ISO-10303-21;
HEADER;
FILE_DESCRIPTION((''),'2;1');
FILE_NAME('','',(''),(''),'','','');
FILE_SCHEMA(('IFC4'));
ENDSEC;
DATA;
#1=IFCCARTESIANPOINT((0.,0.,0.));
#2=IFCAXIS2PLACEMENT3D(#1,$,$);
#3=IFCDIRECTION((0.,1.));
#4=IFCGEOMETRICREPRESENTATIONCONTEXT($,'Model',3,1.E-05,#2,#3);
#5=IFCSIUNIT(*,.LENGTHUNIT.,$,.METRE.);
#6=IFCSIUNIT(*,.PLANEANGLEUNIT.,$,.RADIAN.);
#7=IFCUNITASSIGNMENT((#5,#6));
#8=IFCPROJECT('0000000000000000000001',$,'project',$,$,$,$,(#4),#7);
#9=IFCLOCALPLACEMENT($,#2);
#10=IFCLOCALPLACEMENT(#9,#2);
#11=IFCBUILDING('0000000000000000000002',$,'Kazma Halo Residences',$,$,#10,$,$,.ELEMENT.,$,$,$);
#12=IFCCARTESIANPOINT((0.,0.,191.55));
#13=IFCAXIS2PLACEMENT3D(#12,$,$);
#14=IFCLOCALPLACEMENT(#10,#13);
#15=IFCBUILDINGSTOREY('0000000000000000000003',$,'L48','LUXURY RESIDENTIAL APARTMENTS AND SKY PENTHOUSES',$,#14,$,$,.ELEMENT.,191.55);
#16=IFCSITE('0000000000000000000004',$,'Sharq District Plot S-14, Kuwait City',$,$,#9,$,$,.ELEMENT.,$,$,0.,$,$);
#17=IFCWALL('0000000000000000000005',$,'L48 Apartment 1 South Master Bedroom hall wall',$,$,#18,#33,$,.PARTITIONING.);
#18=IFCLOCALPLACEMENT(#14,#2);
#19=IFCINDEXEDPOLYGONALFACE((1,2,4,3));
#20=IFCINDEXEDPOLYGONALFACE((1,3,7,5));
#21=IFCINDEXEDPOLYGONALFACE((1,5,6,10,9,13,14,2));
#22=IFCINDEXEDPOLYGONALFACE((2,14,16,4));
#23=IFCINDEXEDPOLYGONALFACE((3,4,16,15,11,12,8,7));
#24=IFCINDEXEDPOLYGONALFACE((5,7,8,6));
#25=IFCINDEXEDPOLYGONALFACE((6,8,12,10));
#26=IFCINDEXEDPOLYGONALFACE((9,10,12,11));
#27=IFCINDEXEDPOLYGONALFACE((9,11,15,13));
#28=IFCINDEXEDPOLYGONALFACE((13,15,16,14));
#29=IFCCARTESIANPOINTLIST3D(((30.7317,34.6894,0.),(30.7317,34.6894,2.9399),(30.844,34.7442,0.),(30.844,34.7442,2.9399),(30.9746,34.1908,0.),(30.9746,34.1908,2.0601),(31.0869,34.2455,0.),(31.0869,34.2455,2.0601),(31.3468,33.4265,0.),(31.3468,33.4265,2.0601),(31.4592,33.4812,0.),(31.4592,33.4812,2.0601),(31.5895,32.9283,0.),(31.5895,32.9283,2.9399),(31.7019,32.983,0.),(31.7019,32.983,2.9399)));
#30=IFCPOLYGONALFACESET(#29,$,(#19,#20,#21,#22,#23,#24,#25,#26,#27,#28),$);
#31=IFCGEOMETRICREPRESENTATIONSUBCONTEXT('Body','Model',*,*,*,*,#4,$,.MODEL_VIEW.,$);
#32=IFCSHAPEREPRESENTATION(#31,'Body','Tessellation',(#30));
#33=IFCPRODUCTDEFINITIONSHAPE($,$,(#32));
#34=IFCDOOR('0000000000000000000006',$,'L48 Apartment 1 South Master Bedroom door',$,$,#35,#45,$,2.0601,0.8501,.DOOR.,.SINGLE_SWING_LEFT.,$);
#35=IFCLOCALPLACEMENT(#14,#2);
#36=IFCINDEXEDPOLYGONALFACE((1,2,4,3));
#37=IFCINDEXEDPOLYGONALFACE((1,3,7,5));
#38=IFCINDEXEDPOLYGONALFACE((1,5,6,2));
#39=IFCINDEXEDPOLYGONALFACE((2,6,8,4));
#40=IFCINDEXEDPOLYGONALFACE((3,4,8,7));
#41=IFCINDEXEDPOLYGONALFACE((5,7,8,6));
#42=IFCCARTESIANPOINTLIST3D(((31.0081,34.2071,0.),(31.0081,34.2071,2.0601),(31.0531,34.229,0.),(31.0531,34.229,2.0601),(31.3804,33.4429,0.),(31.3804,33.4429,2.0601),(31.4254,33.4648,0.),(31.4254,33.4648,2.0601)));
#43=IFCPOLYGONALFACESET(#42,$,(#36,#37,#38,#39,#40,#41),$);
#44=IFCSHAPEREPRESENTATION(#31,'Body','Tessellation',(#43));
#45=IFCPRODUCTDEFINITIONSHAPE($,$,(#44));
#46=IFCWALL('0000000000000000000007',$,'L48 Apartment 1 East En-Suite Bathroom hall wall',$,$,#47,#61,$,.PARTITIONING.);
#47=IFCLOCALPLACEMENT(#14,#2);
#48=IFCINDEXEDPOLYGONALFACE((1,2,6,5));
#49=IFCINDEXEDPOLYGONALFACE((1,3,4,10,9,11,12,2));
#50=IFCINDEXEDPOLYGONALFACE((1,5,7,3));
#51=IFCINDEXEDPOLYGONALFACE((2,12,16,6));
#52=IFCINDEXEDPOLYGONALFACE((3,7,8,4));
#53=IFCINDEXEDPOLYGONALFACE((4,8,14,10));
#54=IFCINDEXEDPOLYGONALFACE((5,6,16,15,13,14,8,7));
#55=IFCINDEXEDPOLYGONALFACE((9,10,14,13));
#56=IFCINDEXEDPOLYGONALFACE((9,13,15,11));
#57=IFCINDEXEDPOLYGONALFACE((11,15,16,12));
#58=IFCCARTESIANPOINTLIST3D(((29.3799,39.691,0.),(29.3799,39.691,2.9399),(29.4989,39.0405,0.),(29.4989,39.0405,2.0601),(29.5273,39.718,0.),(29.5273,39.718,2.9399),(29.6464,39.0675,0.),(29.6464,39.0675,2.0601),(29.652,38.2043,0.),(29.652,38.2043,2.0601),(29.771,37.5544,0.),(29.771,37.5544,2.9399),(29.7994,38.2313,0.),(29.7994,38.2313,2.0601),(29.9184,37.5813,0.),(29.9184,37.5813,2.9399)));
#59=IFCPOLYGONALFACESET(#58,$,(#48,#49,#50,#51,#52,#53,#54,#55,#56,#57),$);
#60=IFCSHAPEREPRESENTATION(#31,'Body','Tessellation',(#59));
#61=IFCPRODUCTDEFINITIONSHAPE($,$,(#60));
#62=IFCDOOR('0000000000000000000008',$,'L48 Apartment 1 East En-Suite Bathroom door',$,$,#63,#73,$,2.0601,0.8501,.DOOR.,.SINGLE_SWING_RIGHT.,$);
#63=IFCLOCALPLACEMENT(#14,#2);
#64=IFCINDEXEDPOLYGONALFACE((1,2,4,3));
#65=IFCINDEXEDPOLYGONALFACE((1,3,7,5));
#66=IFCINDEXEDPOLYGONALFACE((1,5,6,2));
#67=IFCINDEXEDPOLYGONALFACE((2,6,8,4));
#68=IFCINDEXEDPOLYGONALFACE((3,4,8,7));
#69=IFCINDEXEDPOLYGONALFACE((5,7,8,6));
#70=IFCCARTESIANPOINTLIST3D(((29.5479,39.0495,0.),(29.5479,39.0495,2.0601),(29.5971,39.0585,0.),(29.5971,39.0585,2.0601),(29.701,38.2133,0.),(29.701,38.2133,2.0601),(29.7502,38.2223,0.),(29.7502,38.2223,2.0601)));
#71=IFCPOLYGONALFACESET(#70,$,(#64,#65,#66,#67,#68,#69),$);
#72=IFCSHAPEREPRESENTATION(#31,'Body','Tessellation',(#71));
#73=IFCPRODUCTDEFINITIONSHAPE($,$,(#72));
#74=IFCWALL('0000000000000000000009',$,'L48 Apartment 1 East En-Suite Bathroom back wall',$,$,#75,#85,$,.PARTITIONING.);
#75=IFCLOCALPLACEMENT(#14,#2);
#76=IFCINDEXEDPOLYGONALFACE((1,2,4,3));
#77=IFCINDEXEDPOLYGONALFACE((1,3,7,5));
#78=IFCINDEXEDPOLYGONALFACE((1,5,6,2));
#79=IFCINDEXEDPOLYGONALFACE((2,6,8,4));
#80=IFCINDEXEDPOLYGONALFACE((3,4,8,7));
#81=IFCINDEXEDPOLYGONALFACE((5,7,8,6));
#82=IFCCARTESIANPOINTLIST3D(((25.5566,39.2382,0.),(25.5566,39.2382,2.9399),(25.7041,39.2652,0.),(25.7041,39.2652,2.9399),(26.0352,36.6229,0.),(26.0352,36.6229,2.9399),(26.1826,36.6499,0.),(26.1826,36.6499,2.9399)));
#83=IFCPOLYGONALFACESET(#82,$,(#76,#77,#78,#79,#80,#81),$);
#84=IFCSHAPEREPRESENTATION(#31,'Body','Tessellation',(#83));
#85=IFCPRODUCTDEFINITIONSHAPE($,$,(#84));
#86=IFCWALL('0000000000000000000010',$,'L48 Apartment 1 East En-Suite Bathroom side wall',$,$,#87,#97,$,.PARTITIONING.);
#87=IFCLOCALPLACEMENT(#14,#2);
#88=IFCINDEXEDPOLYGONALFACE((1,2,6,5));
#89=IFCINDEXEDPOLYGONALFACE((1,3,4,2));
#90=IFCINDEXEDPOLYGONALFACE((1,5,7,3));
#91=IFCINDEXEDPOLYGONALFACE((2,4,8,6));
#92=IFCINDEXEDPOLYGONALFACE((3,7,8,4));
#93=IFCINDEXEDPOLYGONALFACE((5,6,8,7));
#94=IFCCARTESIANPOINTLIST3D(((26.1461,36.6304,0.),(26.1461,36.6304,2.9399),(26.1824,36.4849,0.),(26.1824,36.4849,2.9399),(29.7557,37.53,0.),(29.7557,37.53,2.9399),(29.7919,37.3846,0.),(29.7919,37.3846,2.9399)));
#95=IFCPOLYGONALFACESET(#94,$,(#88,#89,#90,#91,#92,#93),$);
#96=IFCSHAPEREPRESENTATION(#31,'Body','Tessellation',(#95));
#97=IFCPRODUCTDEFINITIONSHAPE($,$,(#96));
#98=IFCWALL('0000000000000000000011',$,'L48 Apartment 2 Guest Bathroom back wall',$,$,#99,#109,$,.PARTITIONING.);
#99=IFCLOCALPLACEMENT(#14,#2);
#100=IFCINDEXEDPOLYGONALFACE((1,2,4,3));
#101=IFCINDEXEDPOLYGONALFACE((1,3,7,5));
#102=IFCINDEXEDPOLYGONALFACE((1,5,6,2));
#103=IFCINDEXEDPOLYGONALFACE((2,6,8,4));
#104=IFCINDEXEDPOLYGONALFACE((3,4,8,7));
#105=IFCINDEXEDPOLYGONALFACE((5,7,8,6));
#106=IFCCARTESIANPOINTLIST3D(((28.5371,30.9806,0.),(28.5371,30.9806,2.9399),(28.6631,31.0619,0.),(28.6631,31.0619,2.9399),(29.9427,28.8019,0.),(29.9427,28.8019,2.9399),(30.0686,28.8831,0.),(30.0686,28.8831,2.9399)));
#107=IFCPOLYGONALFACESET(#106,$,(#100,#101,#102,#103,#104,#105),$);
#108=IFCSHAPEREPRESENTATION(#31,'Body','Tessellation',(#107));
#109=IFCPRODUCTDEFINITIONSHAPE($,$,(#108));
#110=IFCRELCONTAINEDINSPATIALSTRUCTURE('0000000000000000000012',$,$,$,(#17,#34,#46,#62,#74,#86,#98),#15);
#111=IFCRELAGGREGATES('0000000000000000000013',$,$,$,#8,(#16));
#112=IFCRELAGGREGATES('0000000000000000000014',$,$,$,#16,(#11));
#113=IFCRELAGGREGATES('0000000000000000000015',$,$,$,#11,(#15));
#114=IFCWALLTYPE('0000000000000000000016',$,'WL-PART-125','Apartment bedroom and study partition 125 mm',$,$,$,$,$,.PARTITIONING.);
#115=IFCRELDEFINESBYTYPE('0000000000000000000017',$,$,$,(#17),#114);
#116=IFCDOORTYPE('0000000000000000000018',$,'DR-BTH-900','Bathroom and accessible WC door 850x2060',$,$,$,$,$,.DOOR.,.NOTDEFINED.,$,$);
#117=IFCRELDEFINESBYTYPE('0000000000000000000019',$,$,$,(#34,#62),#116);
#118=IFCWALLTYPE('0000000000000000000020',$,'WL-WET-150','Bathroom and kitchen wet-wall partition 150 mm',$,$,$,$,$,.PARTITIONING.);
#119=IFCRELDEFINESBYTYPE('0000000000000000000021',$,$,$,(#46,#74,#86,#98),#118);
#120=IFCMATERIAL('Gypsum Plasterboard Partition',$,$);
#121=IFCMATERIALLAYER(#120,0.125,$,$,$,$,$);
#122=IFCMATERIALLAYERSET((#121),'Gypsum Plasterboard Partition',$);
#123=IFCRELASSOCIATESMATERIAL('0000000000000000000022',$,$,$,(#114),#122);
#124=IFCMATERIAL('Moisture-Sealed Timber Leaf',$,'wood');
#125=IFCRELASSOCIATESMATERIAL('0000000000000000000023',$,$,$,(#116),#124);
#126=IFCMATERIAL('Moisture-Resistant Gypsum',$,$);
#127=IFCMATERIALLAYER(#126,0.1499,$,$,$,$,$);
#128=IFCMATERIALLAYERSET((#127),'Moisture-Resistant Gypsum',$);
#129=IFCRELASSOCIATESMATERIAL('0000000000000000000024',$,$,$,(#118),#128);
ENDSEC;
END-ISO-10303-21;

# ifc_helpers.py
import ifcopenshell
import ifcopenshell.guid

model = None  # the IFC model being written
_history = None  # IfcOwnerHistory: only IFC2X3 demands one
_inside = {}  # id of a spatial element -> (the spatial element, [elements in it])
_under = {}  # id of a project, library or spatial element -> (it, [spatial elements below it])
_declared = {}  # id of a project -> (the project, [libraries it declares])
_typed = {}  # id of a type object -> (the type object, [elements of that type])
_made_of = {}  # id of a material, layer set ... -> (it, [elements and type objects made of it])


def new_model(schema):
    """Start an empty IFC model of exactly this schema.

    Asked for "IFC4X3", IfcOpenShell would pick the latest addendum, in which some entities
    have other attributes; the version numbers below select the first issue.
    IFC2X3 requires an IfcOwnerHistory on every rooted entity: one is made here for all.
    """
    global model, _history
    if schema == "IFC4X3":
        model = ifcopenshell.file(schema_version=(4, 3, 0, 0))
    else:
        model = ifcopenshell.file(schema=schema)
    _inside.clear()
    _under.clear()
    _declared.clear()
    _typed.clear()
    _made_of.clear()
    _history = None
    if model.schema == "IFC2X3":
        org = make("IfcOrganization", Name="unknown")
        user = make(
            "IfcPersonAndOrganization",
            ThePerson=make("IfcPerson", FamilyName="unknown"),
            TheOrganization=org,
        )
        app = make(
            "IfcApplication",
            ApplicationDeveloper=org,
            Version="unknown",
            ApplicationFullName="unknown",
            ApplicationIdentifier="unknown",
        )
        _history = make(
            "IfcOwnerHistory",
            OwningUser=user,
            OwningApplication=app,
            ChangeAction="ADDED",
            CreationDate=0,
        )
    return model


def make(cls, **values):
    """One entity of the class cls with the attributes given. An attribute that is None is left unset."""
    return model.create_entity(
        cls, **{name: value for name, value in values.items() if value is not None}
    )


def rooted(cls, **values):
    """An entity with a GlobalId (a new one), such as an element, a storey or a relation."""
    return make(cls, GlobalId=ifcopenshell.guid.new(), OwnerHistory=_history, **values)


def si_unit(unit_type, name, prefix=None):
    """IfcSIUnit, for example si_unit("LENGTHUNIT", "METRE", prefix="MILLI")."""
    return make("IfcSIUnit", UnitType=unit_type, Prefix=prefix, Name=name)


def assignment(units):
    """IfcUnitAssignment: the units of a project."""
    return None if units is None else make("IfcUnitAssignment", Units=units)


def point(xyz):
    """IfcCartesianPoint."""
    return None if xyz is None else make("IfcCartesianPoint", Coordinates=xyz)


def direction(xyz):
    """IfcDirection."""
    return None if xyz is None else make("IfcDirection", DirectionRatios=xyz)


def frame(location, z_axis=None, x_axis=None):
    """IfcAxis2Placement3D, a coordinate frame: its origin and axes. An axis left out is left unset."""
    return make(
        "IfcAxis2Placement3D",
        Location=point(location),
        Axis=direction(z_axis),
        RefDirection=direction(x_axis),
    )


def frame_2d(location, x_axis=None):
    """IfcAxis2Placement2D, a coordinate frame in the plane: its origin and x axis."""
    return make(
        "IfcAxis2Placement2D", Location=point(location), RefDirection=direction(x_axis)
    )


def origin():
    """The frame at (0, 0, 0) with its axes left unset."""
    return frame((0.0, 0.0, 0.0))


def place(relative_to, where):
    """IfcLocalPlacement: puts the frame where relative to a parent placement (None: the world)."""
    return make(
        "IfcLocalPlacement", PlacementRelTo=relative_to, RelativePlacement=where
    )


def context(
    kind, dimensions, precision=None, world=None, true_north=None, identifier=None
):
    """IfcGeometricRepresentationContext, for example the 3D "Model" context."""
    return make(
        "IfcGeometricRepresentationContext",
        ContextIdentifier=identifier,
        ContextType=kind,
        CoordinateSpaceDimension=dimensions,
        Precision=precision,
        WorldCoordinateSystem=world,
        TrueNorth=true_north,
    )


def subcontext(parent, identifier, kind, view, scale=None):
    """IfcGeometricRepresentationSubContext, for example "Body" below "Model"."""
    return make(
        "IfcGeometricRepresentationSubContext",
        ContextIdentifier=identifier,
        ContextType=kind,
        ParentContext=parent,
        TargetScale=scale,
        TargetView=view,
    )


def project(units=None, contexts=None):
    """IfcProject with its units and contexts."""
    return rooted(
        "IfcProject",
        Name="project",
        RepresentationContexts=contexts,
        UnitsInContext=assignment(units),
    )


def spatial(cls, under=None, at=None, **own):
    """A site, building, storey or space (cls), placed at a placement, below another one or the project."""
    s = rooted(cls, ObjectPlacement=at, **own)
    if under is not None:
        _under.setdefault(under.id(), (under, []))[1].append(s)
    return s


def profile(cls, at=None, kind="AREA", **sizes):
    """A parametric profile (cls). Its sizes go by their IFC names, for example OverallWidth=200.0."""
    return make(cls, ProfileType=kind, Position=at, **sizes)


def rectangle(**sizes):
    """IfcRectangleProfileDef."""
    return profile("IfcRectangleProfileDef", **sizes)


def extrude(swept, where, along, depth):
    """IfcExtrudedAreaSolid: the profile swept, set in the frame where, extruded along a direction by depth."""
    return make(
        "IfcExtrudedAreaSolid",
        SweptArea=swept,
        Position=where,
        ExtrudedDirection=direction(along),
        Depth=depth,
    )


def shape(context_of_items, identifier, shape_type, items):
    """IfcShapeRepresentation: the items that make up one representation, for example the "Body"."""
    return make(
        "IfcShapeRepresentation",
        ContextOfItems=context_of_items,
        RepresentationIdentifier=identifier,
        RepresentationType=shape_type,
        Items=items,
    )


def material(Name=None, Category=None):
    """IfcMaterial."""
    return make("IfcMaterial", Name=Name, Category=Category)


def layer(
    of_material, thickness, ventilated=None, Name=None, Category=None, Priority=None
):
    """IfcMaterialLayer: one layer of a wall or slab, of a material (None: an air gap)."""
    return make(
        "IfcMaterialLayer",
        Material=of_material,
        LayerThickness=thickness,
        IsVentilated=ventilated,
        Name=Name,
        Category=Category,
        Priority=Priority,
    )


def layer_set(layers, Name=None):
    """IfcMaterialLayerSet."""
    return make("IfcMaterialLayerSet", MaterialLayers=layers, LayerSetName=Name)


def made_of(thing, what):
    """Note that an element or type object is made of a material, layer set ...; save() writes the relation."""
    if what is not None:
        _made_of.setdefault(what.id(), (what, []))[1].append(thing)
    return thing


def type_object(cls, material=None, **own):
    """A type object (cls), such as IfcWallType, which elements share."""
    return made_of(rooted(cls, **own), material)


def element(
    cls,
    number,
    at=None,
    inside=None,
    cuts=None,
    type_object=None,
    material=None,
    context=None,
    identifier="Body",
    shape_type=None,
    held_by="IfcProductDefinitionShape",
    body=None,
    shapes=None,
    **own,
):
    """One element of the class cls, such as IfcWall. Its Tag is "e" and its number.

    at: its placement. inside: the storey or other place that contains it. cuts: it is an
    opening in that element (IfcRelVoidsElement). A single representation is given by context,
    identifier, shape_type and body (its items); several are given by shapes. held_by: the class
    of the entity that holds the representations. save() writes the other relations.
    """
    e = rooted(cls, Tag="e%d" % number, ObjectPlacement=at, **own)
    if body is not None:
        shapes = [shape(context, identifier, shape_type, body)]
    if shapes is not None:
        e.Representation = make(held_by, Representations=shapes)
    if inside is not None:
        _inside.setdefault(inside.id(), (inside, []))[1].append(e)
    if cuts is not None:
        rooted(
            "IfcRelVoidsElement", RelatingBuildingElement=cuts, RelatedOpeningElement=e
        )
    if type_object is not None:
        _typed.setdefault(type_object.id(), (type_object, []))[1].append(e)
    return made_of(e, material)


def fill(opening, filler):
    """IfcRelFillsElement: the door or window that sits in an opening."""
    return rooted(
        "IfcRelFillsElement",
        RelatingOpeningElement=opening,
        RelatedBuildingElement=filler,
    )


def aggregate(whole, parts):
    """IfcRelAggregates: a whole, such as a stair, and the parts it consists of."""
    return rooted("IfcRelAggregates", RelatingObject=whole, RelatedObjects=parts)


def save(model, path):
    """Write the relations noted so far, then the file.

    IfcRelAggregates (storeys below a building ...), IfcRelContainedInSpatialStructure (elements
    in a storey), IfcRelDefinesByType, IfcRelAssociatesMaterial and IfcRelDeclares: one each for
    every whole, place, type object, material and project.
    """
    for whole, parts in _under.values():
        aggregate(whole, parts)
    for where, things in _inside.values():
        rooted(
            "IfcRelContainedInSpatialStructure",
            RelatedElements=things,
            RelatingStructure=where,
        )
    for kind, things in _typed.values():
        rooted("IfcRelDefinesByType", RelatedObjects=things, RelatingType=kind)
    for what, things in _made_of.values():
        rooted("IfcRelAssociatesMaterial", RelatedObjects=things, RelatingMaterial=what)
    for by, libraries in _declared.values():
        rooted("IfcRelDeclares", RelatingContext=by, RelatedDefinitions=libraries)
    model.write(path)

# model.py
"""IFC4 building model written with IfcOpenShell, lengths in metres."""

from ifc_helpers import new_model, si_unit, direction, frame, frame_2d, origin, place, context, subcontext, project, spatial, rectangle, extrude, material, layer, layer_set, type_object, element, fill, save


model = new_model("IFC4")

# Units and contexts
model_context = context("Model", 3, precision=1e-05, world=origin(), true_north=direction((0.0, 1.0)))
body_context = subcontext(model_context, "Body", "Model", "MODEL_VIEW")
ifc_project = project(units=[si_unit("LENGTHUNIT", "METRE"), si_unit("PLANEANGLEUNIT", "RADIAN")], contexts=[model_context])

# Site, building, storey
site_placement = place(None, origin())
site = spatial("IfcSite", under=ifc_project, at=site_placement, Name="Sharq District Plot S-14, Kuwait City", CompositionType="ELEMENT", RefElevation=0.0)
building_placement = place(site_placement, origin())
building = spatial("IfcBuilding", under=site, at=building_placement, Name="Kazma Halo Residences", CompositionType="ELEMENT")
storey_placement = place(building_placement, frame((0.0, 0.0, 191.55)))
storey = spatial("IfcBuildingStorey", under=building, at=storey_placement, Name="L48", Description="LUXURY RESIDENTIAL APARTMENTS AND SKY PENTHOUSES", CompositionType="ELEMENT", Elevation=191.55)

# Shared definitions
ifc_material_1 = material(Name="Gypsum Plasterboard Partition")
ifc_layer_1 = layer(ifc_material_1, 0.125)
ifc_layer_set_1 = layer_set([ifc_layer_1], Name="Gypsum Plasterboard Partition")
wall_type_1 = type_object("IfcWallType", Name="WL-PART-125", Description="Apartment bedroom and study partition 125 mm", PredefinedType="PARTITIONING", material=ifc_layer_set_1)

# Shared definitions
ifc_material_2 = material(Name="Moisture-Sealed Timber Leaf", Category="wood")
door_type = type_object("IfcDoorType", Name="DR-BTH-900", Description="Bathroom and accessible WC door 850x2060", OperationType="NOTDEFINED", PredefinedType="DOOR", material=ifc_material_2)

# Walls, openings, doors
wall_1_placement = place(storey_placement, frame((30.7878, 34.7168, 0.0), z_axis=(0.0, 0.0, 1.0), x_axis=(0.437918, -0.899015, 0.0)))
wall_1 = element("IfcWall", 1, at=wall_1_placement, inside=storey, type_object=wall_type_1, Name="L48 Apartment 1 South Master Bedroom hall wall", PredefinedType="PARTITIONING", context=body_context, shape_type="SweptSolid", body=[
    extrude(rectangle(XDim=1.959, YDim=0.125, at=frame_2d((0.9795, 0.0))), origin(), (0.0, 0.0, 1.0), 2.9399),
])
opening_1_placement = place(wall_1_placement, frame((0.5547, 0.0, 0.0)))
opening_1 = element("IfcOpeningElement", 2, at=opening_1_placement, cuts=wall_1, PredefinedType="OPENING", context=body_context, shape_type="SweptSolid", body=[
    extrude(rectangle(XDim=0.8501, YDim=2.0601, at=frame_2d((0.425, 1.03))), frame((0.0, 0.0725, 0.0), z_axis=(0.0, -1.0, 0.0), x_axis=(1.0, 0.0, 0.0)), (0.0, 0.0, 1.0), 0.145),
])
door_1_placement = place(opening_1_placement, origin())
door_1 = element("IfcDoor", 3, at=door_1_placement, inside=storey, type_object=door_type, Name="L48 Apartment 1 South Master Bedroom door", OperationType="SINGLE_SWING_LEFT", OverallHeight=2.0601, OverallWidth=0.8501, PredefinedType="DOOR", context=body_context, shape_type="SweptSolid", body=[
    extrude(rectangle(XDim=0.8501, YDim=2.0601, at=frame_2d((0.425, 1.03))), frame((0.0, 0.0249, 0.0), z_axis=(0.0, -1.0, 0.0), x_axis=(1.0, 0.0, 0.0)), (0.0, 0.0, 1.0), 0.05),
])
fill(opening_1, door_1)
ifc_material_3 = material(Name="Moisture-Resistant Gypsum")
ifc_layer_2 = layer(ifc_material_3, 0.1499)
ifc_layer_set_2 = layer_set([ifc_layer_2], Name="Moisture-Resistant Gypsum")
wall_type_2 = type_object("IfcWallType", Name="WL-WET-150", Description="Bathroom and kitchen wet-wall partition 150 mm", PredefinedType="PARTITIONING", material=ifc_layer_set_2)
wall_2_placement = place(storey_placement, frame((29.4536, 39.7043, 0.0), z_axis=(0.0, 0.0, 1.0), x_axis=(0.180052, -0.983657, 0.0)))
wall_2 = element("IfcWall", 4, at=wall_2_placement, inside=storey, type_object=wall_type_2, Name="L48 Apartment 1 East En-Suite Bathroom hall wall", PredefinedType="PARTITIONING", context=body_context, shape_type="SweptSolid", body=[
    extrude(rectangle(XDim=2.1721, YDim=0.1499, at=frame_2d((1.0859, 0.0))), origin(), (0.0, 0.0, 1.0), 2.9399),
])
opening_2_placement = place(wall_2_placement, frame((0.6611, 0.0, 0.0)))
opening_2 = element("IfcOpeningElement", 5, at=opening_2_placement, cuts=wall_2, PredefinedType="OPENING", context=body_context, shape_type="SweptSolid", body=[
    extrude(rectangle(XDim=0.8501, YDim=2.0601, at=frame_2d((0.425, 1.03))), frame((0.0, 0.085, 0.0), z_axis=(0.0, -1.0, 0.0), x_axis=(1.0, 0.0, 0.0)), (0.0, 0.0, 1.0), 0.1699),
])
door_2_placement = place(opening_2_placement, origin())
door_2 = element("IfcDoor", 6, at=door_2_placement, inside=storey, type_object=door_type, Name="L48 Apartment 1 East En-Suite Bathroom door", OperationType="SINGLE_SWING_RIGHT", OverallHeight=2.0601, OverallWidth=0.8501, PredefinedType="DOOR", context=body_context, shape_type="SweptSolid", body=[
    extrude(rectangle(XDim=0.8501, YDim=2.0601, at=frame_2d((0.425, 1.03))), frame((0.0, 0.0249, 0.0), z_axis=(0.0, -1.0, 0.0), x_axis=(1.0, 0.0, 0.0)), (0.0, 0.0, 1.0), 0.05),
])
fill(opening_2, door_2)

# Walls
wall_3_placement = place(storey_placement, frame((25.6304, 39.2517, 0.0), z_axis=(0.0, 0.0, 1.0), x_axis=(0.179984, -0.983669, 0.0)))
element("IfcWall", 7, at=wall_3_placement, inside=storey, type_object=wall_type_2, Name="L48 Apartment 1 East En-Suite Bathroom back wall", PredefinedType="PARTITIONING", context=body_context, shape_type="SweptSolid", body=[
    extrude(rectangle(XDim=2.6587, YDim=0.1499, at=frame_2d((1.3293, 0.0))), origin(), (0.0, 0.0, 1.0), 2.9399),
])
wall_4_placement = place(storey_placement, frame((29.7737, 37.4573, 0.0), z_axis=(0.0, 0.0, 1.0), x_axis=(-0.970316, -0.241841, 0.0)))
element("IfcWall", 8, at=wall_4_placement, inside=storey, type_object=wall_type_2, Name="L48 Apartment 1 East En-Suite Bathroom side wall", PredefinedType="PARTITIONING", context=body_context, shape_type="SweptSolid", body=[
    extrude(rectangle(XDim=3.72, YDim=0.1499, at=frame_2d((1.8599, 0.0))), origin(), (0.0, 0.0, 1.0), 2.9399),
])
wall_5_placement = place(storey_placement, frame((28.6001, 31.0212, 0.0), z_axis=(0.0, 0.0, 1.0), x_axis=(0.542099, -0.840315, 0.0)))
element("IfcWall", 9, at=wall_5_placement, inside=storey, type_object=wall_type_2, Name="L48 Apartment 2 Guest Bathroom back wall", PredefinedType="PARTITIONING", context=body_context, shape_type="SweptSolid", body=[
    extrude(rectangle(XDim=2.5928, YDim=0.1499, at=frame_2d((1.2964, 0.0))), origin(), (0.0, 0.0, 1.0), 2.9399),
])

save(model, "model.ifc")
